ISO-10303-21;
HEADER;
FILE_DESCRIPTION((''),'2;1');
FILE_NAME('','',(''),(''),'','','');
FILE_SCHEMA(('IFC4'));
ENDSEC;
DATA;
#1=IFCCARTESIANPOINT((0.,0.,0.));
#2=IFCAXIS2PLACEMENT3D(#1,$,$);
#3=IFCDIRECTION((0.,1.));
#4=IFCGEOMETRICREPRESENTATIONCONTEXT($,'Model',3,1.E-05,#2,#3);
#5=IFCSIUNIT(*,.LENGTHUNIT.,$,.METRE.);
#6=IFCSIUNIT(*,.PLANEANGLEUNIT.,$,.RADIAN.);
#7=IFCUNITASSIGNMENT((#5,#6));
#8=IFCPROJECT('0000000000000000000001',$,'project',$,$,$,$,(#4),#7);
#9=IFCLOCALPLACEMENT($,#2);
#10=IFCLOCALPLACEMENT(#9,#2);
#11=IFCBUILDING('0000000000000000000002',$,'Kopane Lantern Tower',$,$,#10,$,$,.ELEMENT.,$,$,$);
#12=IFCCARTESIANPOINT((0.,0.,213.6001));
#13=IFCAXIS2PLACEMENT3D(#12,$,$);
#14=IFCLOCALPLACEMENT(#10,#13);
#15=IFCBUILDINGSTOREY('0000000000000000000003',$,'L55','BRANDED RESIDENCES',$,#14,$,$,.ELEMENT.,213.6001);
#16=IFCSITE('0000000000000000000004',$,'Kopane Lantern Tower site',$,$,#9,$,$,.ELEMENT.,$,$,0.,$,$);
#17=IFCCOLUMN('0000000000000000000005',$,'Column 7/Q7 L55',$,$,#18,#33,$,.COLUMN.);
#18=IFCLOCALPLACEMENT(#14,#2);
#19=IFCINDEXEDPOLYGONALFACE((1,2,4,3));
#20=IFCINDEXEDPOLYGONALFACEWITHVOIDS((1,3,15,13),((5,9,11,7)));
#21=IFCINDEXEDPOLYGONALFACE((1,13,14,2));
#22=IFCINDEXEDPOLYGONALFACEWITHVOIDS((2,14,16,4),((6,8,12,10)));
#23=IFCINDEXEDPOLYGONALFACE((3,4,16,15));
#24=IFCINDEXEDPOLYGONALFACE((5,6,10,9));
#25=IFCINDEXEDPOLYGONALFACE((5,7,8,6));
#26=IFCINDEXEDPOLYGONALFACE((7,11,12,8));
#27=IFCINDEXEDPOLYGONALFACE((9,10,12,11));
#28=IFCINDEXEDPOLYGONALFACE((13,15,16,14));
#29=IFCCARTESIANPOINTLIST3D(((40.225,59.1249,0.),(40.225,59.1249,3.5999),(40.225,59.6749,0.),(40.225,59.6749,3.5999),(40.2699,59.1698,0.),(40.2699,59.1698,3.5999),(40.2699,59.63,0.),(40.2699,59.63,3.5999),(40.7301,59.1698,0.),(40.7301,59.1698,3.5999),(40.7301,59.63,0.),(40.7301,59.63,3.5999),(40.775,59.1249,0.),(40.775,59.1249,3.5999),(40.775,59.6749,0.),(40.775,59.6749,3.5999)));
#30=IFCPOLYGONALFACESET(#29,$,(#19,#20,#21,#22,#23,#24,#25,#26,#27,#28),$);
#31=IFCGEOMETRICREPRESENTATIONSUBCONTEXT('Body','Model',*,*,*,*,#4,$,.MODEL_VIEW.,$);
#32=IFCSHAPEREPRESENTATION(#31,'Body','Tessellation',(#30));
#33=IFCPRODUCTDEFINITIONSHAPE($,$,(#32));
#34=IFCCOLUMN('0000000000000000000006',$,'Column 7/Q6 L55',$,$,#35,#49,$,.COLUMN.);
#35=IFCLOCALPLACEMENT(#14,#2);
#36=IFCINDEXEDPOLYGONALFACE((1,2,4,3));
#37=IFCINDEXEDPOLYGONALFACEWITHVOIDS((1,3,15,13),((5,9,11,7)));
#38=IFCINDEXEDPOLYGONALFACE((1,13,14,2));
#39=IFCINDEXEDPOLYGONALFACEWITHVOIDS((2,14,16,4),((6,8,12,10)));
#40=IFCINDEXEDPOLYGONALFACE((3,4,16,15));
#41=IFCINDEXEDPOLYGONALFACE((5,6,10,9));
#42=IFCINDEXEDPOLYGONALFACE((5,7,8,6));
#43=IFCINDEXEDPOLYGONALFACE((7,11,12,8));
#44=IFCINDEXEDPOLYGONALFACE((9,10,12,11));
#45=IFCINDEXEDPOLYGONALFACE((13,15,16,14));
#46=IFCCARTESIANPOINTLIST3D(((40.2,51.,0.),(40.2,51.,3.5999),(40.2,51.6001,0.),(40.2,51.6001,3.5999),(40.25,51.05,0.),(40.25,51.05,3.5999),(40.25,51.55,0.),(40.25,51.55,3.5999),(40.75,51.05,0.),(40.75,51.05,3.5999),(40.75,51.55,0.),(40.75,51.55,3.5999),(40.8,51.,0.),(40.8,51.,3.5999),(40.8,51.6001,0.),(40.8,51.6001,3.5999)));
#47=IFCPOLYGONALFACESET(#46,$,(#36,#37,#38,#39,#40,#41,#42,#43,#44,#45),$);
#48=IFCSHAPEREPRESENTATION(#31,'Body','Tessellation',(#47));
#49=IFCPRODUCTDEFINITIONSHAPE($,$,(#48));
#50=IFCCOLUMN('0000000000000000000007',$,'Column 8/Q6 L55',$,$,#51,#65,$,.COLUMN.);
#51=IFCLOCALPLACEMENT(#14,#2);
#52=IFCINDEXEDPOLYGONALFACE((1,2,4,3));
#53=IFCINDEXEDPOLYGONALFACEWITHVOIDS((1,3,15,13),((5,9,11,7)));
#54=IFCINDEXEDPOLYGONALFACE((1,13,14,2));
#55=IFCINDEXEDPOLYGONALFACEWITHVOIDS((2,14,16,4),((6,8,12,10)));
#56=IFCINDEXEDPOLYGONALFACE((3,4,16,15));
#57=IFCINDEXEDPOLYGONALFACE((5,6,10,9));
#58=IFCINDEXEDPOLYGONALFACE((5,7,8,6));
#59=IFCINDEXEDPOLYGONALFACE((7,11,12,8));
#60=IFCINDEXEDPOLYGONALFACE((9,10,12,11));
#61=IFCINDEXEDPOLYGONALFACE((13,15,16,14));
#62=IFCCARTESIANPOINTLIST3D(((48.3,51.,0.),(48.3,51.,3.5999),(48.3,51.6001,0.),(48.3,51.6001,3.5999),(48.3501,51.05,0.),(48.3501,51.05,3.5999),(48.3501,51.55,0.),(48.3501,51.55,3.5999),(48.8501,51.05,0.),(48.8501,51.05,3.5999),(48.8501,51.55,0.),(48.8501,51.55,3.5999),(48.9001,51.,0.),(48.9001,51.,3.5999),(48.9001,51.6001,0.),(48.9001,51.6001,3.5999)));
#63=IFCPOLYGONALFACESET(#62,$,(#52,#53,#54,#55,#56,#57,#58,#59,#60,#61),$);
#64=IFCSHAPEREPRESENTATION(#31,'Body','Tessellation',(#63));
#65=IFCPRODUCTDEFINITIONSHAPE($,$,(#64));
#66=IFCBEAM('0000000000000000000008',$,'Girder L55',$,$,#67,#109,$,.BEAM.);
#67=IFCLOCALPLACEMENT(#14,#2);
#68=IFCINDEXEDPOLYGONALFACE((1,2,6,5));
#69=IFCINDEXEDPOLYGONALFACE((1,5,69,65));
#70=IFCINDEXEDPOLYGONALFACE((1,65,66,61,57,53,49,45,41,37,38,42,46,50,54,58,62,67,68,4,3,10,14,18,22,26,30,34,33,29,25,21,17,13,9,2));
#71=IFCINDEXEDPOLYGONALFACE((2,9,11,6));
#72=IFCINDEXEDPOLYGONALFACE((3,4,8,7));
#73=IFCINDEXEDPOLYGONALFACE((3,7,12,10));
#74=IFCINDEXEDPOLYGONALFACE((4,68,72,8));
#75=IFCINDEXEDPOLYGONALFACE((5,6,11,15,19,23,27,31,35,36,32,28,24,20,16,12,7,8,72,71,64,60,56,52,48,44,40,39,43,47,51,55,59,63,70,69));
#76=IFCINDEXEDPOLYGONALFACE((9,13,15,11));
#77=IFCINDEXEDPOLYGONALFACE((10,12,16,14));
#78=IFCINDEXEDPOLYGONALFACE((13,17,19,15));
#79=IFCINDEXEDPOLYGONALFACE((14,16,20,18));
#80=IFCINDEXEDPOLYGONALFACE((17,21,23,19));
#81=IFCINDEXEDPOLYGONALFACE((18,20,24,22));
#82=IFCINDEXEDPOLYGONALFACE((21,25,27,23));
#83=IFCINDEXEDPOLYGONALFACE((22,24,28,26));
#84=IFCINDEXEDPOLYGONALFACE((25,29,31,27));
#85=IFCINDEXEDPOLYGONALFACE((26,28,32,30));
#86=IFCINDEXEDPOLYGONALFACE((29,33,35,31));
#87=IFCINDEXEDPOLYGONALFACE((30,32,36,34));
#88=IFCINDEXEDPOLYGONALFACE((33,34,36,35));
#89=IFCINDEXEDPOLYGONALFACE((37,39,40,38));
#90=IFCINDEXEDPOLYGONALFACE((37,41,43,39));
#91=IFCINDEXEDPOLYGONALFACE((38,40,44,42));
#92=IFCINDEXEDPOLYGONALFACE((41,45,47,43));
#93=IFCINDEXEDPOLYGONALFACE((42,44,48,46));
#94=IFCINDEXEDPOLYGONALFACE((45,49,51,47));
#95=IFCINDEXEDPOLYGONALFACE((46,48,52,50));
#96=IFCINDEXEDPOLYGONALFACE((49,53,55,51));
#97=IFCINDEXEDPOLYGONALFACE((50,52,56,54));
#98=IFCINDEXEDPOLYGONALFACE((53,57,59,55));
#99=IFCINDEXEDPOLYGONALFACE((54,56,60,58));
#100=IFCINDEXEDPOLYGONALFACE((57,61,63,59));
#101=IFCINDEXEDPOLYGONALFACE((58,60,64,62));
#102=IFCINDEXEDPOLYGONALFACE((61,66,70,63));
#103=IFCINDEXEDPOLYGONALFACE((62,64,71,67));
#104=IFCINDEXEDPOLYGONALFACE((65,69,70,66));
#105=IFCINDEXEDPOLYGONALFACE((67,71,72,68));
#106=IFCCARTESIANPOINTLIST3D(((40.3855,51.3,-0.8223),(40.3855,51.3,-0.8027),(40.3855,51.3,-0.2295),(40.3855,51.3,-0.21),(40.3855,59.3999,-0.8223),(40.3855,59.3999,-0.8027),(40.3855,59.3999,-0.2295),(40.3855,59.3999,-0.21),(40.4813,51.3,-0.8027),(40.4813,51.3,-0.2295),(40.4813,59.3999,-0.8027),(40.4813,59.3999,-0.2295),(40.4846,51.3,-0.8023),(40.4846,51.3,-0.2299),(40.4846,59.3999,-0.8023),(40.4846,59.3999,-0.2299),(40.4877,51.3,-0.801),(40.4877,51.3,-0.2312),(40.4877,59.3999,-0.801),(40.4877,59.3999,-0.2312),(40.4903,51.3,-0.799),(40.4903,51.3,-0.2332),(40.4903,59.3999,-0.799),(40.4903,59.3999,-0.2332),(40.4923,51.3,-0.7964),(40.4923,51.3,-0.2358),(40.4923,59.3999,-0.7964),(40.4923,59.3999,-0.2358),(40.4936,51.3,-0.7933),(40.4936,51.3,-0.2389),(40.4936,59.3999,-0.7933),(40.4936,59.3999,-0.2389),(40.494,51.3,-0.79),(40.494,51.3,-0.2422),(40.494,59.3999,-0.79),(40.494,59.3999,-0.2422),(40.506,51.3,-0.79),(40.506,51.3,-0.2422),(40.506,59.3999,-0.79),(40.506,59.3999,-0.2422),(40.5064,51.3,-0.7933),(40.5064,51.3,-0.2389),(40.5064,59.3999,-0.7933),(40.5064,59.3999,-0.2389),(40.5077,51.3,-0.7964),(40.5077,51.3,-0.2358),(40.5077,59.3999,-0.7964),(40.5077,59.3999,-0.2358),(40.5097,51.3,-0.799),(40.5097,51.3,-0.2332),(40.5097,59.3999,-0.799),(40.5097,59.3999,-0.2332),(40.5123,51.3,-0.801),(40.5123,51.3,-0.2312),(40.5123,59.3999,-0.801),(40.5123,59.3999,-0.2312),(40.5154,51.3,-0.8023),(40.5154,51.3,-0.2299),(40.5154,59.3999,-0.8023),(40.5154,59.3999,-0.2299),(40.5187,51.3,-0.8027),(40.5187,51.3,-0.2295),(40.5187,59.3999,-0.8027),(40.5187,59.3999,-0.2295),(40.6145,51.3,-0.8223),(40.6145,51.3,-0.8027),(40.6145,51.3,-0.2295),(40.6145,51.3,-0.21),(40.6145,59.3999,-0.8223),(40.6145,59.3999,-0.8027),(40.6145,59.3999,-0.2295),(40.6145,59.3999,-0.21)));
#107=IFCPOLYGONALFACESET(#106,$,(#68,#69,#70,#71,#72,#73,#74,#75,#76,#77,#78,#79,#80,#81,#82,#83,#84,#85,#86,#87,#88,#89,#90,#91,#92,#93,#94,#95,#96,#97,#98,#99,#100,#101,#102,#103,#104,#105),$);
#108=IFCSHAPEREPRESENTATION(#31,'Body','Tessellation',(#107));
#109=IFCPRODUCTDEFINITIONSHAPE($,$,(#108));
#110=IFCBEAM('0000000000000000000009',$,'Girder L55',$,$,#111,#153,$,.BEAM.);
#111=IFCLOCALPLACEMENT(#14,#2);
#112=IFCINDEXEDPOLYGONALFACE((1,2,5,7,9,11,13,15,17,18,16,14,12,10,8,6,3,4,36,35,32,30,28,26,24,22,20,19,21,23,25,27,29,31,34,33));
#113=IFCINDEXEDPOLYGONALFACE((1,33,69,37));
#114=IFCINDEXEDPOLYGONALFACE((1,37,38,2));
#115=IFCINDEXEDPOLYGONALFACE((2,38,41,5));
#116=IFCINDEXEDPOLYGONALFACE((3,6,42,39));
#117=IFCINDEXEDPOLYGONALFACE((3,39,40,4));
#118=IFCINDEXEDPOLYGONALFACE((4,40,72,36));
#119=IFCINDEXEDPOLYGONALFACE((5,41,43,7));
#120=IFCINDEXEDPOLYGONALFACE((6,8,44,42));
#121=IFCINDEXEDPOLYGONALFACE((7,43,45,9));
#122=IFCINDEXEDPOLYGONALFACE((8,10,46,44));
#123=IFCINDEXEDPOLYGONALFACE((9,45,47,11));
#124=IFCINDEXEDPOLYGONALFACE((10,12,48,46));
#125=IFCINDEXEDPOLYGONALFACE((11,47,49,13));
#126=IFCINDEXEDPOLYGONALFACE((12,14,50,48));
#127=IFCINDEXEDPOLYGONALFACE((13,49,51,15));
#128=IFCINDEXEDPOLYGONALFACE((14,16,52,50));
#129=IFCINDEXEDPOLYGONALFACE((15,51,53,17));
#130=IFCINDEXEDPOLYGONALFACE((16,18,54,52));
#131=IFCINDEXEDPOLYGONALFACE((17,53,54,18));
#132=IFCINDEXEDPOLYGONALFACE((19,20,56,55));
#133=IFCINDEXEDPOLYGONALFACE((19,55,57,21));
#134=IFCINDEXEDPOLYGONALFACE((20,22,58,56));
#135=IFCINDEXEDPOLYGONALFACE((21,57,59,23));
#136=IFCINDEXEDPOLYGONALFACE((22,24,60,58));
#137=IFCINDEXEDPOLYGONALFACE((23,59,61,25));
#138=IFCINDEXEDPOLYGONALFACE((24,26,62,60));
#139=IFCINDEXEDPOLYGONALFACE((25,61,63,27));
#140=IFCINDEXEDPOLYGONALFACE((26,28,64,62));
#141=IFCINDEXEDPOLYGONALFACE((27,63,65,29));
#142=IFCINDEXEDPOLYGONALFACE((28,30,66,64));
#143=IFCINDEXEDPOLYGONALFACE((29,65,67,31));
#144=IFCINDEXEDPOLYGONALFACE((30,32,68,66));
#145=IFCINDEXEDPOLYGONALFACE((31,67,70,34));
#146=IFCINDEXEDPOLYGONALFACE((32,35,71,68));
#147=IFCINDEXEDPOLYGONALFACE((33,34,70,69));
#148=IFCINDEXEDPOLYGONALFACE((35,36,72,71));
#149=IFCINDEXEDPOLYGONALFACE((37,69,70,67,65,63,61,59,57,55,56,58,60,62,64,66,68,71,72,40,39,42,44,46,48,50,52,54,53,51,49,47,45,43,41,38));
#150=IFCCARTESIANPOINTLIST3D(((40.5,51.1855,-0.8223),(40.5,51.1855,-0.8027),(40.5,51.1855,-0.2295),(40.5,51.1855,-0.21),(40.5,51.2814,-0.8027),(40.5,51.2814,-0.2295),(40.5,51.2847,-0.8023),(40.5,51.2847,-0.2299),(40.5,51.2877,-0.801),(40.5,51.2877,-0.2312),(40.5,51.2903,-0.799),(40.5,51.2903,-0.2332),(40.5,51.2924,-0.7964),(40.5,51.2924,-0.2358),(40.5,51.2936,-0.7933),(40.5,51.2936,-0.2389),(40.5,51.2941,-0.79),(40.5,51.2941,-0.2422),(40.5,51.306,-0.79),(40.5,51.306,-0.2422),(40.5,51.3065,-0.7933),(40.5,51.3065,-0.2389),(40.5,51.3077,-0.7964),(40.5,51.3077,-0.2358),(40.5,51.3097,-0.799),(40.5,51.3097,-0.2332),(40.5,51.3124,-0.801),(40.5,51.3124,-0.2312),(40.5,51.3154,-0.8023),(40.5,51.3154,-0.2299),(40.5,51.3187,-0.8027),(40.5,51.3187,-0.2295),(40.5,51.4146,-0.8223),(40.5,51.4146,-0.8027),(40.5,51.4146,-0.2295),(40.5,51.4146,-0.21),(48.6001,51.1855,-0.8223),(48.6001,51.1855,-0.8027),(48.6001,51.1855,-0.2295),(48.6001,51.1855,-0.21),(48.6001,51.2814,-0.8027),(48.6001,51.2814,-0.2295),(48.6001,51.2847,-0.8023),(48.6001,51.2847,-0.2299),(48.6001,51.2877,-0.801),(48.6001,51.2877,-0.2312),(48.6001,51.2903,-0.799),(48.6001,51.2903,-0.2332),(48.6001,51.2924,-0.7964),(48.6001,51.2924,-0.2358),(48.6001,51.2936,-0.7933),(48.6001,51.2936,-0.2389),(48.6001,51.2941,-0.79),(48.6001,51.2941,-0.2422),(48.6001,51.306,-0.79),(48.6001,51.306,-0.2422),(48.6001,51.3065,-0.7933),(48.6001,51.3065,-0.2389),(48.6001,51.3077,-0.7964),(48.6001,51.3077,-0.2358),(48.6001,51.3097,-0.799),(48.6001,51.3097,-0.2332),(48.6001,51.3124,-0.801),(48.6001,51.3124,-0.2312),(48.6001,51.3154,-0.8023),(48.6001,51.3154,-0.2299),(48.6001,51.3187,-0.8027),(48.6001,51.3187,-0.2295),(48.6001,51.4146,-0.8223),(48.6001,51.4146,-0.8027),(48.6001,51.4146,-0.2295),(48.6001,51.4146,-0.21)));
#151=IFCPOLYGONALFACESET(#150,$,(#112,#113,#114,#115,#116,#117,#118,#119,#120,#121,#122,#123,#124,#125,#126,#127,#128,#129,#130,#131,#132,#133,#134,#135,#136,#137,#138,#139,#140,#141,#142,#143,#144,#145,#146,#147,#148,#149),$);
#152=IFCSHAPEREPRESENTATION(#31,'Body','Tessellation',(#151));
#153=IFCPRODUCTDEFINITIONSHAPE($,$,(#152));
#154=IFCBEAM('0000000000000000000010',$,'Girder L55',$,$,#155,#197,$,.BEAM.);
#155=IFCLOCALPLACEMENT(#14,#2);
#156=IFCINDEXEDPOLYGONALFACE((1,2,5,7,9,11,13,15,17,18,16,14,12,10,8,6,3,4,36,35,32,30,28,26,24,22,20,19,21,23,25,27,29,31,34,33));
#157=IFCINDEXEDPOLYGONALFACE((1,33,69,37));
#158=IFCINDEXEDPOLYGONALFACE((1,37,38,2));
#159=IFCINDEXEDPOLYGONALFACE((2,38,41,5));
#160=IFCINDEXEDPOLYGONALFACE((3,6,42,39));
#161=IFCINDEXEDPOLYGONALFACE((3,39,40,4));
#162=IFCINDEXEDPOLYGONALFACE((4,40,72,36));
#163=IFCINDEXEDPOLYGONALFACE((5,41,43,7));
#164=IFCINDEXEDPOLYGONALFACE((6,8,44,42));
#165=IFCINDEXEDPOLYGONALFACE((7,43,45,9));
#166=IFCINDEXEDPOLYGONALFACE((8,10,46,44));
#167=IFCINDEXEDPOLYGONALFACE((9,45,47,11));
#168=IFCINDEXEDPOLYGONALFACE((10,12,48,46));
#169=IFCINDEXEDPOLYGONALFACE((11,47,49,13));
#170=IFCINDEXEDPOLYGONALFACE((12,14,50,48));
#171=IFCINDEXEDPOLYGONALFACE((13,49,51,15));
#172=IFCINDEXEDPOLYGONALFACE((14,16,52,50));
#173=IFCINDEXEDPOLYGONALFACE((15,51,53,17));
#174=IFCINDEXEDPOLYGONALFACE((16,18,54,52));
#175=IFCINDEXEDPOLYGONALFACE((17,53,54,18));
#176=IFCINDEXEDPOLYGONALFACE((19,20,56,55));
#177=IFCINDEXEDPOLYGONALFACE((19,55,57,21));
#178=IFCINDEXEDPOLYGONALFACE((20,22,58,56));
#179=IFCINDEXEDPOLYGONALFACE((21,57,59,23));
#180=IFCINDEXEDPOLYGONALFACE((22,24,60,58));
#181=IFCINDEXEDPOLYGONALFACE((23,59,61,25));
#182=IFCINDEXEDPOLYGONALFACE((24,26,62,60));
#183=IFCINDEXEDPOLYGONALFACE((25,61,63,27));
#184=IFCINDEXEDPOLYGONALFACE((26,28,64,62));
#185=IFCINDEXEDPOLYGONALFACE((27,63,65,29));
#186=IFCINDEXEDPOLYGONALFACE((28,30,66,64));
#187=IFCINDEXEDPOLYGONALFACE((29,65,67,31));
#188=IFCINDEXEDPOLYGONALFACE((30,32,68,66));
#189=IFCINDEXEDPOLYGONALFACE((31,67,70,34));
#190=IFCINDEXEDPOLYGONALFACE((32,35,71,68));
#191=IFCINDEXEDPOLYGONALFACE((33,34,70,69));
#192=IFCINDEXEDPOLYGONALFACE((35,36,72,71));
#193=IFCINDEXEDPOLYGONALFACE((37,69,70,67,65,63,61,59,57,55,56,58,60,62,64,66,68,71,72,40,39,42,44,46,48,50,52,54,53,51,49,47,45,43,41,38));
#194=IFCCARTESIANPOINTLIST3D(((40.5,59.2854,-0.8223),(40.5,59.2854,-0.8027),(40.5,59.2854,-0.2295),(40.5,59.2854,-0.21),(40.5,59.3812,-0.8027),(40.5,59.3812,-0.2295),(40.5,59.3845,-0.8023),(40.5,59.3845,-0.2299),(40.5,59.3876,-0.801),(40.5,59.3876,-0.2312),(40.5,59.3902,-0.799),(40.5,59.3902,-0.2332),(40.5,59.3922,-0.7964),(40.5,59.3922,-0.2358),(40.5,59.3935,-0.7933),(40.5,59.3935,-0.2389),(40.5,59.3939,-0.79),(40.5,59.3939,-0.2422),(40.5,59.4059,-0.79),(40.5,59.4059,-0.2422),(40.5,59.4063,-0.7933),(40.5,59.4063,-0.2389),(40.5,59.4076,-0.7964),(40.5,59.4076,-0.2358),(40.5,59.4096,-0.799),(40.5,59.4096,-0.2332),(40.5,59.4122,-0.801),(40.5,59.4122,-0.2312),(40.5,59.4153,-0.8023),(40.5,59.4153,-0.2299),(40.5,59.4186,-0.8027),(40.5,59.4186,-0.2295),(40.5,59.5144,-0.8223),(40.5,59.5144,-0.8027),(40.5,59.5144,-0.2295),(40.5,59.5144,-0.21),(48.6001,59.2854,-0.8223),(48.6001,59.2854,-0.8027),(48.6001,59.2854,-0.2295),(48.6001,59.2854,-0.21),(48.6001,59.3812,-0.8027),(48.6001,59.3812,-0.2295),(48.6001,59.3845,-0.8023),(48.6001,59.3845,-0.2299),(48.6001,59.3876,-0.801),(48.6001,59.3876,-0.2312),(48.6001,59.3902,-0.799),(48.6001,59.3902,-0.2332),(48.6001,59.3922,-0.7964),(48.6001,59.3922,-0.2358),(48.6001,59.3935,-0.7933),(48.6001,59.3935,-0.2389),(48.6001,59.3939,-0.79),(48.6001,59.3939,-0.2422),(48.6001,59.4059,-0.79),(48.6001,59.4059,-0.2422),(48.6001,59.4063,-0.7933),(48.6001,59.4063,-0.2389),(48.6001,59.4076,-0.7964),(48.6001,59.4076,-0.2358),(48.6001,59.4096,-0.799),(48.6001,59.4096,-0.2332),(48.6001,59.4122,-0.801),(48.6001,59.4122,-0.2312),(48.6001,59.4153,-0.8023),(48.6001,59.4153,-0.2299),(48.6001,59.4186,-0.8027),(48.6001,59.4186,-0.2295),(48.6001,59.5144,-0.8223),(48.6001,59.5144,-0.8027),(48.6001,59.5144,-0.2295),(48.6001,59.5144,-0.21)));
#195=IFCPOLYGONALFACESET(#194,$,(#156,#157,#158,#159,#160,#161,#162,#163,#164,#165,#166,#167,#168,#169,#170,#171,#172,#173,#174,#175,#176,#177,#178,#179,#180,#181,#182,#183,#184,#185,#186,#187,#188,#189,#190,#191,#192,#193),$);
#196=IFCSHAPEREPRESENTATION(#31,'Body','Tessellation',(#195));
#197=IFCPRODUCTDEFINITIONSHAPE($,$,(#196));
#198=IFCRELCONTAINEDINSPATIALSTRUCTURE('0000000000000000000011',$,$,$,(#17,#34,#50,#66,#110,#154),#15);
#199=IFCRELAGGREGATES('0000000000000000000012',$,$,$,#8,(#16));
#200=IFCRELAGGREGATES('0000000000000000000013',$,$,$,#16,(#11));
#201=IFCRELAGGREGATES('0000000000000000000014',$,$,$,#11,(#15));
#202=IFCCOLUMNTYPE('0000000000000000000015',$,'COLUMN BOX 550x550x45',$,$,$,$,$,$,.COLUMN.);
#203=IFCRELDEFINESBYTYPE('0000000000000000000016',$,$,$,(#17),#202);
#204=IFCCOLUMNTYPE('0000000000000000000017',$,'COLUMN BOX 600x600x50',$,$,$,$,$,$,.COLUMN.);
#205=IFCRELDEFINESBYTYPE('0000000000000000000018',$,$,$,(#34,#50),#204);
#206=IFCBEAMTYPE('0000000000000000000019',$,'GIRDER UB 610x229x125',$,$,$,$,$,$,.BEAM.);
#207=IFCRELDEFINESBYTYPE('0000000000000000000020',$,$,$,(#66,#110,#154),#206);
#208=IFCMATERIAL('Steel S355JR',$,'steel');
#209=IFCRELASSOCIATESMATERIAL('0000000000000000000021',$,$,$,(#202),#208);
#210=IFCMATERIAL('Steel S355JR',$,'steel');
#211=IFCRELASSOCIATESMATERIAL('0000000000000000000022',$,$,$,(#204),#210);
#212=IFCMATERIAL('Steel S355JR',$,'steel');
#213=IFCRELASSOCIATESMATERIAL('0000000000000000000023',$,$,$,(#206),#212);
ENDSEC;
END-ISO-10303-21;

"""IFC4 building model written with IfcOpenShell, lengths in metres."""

from ifc_helpers import new_model, si_unit, direction, frame, origin, origin_2d, place, context, subcontext, project, spatial, hollow_rectangle, i_section, extrude, material, material_profile, profile_set, type_object, element, save


model = new_model("IFC4")

# Units and contexts
model_context = context("Model", 3, precision=1e-05, world=origin(), true_north=direction((0.0, 1.0)))
body_context = subcontext(model_context, "Body", "Model", "MODEL_VIEW")
ifc_project = project(units=[si_unit("LENGTHUNIT", "METRE"), si_unit("PLANEANGLEUNIT", "RADIAN")], contexts=[model_context])

# Site, building, storey
site_placement = place(None, origin())
site = spatial("IfcSite", under=ifc_project, at=site_placement, Name="Kopane Lantern Tower site", CompositionType="ELEMENT", RefElevation=0.0)
building_placement = place(site_placement, origin())
building = spatial("IfcBuilding", under=site, at=building_placement, Name="Kopane Lantern Tower", CompositionType="ELEMENT")
storey_placement = place(building_placement, frame((0.0, 0.0, 213.6001)))
storey = spatial("IfcBuildingStorey", under=building, at=storey_placement, Name="L55", Description="BRANDED RESIDENCES", CompositionType="ELEMENT", Elevation=213.6001)

# Columns
ifc_material_1 = material(Name="Steel S355JR", Category="steel")
ifc_material_profile_1 = material_profile(ifc_material_1, hollow_rectangle(XDim=0.55, YDim=0.55, WallThickness=0.0449, at=origin_2d()), Name="BOX 550x550x45")
ifc_profile_set_1 = profile_set([ifc_material_profile_1], Name="Steel S355JR")
column_type_1 = type_object("IfcColumnType", Name="COLUMN BOX 550x550x45", PredefinedType="COLUMN", material=ifc_profile_set_1)
column_placement = place(storey_placement, frame((40.5, 59.3999, 0.0), z_axis=(0.0, 0.0, 1.0), x_axis=(1.0, 0.0, 0.0)))
element("IfcColumn", 1, at=column_placement, inside=storey, type_object=column_type_1, Name="Column 7/Q7 L55", PredefinedType="COLUMN", context=body_context, shape_type="SweptSolid", body=[
    extrude(hollow_rectangle(XDim=0.55, YDim=0.55, WallThickness=0.0449, at=origin_2d()), origin(), (0.0, 0.0, 1.0), 3.5999),
])
ifc_material_2 = material(Name="Steel S355JR", Category="steel")
ifc_material_profile_2 = material_profile(ifc_material_2, hollow_rectangle(XDim=0.6001, YDim=0.6001, WallThickness=0.05, at=origin_2d()), Name="BOX 600x600x50")
ifc_profile_set_2 = profile_set([ifc_material_profile_2], Name="Steel S355JR")
column_type_2 = type_object("IfcColumnType", Name="COLUMN BOX 600x600x50", PredefinedType="COLUMN", material=ifc_profile_set_2)
for number, where, z_axis, x_axis, name in (
    (2, (40.5, 51.3, 0.0), (0.0, 0.0, 1.0), (1.0, 0.0, 0.0), "Column 7/Q6 L55"),
    (3, (48.6001, 51.3, 0.0), (0.0, 0.0, 1.0), (1.0, 0.0, 0.0), "Column 8/Q6 L55"),
):
    element("IfcColumn", number, at=place(storey_placement, frame(where, z_axis=z_axis, x_axis=x_axis)), inside=storey, type_object=column_type_2, Name=name, PredefinedType="COLUMN", context=body_context, shape_type="SweptSolid", body=[
        extrude(hollow_rectangle(XDim=0.6001, YDim=0.6001, WallThickness=0.05, at=origin_2d()), origin(), (0.0, 0.0, 1.0), 3.5999),
    ])

# Beams
ifc_material_3 = material(Name="Steel S355JR", Category="steel")
ifc_material_profile_3 = material_profile(ifc_material_3, i_section(OverallWidth=0.229, OverallDepth=0.6123, WebThickness=0.012, FlangeThickness=0.0195, FilletRadius=0.0127, at=origin_2d()), Name="UB 610x229x125")
ifc_profile_set_3 = profile_set([ifc_material_profile_3], Name="Steel S355JR")
beam_type = type_object("IfcBeamType", Name="GIRDER UB 610x229x125", PredefinedType="BEAM", material=ifc_profile_set_3)
beam_placement = place(storey_placement, frame((40.5, 51.3, -0.5161), z_axis=(0.0, 1.0, 0.0), x_axis=(-1.0, 0.0, 0.0)))
element("IfcBeam", 4, at=beam_placement, inside=storey, type_object=beam_type, Name="Girder L55", PredefinedType="BEAM", context=body_context, shape_type="SweptSolid", body=[
    extrude(i_section(OverallWidth=0.229, OverallDepth=0.6123, WebThickness=0.012, FlangeThickness=0.0195, FilletRadius=0.0127, at=origin_2d()), origin(), (0.0, 0.0, 1.0), 8.0999),
])
for number, where, z_axis, x_axis, name in (
    (5, (40.5, 51.3, -0.5161), (1.0, 0.0, 0.0), (0.0, 1.0, 0.0), "Girder L55"),
    (6, (40.5, 59.3999, -0.5161), (1.0, 0.0, 0.0), (0.0, 1.0, 0.0), "Girder L55"),
):
    element("IfcBeam", number, at=place(storey_placement, frame(where, z_axis=z_axis, x_axis=x_axis)), inside=storey, type_object=beam_type, Name=name, PredefinedType="BEAM", context=body_context, shape_type="SweptSolid", body=[
        extrude(i_section(OverallWidth=0.229, OverallDepth=0.6123, WebThickness=0.012, FlangeThickness=0.0195, FilletRadius=0.0127, at=origin_2d()), origin(), (0.0, 0.0, 1.0), 8.1001),
    ])

save(model, "model.ifc")
